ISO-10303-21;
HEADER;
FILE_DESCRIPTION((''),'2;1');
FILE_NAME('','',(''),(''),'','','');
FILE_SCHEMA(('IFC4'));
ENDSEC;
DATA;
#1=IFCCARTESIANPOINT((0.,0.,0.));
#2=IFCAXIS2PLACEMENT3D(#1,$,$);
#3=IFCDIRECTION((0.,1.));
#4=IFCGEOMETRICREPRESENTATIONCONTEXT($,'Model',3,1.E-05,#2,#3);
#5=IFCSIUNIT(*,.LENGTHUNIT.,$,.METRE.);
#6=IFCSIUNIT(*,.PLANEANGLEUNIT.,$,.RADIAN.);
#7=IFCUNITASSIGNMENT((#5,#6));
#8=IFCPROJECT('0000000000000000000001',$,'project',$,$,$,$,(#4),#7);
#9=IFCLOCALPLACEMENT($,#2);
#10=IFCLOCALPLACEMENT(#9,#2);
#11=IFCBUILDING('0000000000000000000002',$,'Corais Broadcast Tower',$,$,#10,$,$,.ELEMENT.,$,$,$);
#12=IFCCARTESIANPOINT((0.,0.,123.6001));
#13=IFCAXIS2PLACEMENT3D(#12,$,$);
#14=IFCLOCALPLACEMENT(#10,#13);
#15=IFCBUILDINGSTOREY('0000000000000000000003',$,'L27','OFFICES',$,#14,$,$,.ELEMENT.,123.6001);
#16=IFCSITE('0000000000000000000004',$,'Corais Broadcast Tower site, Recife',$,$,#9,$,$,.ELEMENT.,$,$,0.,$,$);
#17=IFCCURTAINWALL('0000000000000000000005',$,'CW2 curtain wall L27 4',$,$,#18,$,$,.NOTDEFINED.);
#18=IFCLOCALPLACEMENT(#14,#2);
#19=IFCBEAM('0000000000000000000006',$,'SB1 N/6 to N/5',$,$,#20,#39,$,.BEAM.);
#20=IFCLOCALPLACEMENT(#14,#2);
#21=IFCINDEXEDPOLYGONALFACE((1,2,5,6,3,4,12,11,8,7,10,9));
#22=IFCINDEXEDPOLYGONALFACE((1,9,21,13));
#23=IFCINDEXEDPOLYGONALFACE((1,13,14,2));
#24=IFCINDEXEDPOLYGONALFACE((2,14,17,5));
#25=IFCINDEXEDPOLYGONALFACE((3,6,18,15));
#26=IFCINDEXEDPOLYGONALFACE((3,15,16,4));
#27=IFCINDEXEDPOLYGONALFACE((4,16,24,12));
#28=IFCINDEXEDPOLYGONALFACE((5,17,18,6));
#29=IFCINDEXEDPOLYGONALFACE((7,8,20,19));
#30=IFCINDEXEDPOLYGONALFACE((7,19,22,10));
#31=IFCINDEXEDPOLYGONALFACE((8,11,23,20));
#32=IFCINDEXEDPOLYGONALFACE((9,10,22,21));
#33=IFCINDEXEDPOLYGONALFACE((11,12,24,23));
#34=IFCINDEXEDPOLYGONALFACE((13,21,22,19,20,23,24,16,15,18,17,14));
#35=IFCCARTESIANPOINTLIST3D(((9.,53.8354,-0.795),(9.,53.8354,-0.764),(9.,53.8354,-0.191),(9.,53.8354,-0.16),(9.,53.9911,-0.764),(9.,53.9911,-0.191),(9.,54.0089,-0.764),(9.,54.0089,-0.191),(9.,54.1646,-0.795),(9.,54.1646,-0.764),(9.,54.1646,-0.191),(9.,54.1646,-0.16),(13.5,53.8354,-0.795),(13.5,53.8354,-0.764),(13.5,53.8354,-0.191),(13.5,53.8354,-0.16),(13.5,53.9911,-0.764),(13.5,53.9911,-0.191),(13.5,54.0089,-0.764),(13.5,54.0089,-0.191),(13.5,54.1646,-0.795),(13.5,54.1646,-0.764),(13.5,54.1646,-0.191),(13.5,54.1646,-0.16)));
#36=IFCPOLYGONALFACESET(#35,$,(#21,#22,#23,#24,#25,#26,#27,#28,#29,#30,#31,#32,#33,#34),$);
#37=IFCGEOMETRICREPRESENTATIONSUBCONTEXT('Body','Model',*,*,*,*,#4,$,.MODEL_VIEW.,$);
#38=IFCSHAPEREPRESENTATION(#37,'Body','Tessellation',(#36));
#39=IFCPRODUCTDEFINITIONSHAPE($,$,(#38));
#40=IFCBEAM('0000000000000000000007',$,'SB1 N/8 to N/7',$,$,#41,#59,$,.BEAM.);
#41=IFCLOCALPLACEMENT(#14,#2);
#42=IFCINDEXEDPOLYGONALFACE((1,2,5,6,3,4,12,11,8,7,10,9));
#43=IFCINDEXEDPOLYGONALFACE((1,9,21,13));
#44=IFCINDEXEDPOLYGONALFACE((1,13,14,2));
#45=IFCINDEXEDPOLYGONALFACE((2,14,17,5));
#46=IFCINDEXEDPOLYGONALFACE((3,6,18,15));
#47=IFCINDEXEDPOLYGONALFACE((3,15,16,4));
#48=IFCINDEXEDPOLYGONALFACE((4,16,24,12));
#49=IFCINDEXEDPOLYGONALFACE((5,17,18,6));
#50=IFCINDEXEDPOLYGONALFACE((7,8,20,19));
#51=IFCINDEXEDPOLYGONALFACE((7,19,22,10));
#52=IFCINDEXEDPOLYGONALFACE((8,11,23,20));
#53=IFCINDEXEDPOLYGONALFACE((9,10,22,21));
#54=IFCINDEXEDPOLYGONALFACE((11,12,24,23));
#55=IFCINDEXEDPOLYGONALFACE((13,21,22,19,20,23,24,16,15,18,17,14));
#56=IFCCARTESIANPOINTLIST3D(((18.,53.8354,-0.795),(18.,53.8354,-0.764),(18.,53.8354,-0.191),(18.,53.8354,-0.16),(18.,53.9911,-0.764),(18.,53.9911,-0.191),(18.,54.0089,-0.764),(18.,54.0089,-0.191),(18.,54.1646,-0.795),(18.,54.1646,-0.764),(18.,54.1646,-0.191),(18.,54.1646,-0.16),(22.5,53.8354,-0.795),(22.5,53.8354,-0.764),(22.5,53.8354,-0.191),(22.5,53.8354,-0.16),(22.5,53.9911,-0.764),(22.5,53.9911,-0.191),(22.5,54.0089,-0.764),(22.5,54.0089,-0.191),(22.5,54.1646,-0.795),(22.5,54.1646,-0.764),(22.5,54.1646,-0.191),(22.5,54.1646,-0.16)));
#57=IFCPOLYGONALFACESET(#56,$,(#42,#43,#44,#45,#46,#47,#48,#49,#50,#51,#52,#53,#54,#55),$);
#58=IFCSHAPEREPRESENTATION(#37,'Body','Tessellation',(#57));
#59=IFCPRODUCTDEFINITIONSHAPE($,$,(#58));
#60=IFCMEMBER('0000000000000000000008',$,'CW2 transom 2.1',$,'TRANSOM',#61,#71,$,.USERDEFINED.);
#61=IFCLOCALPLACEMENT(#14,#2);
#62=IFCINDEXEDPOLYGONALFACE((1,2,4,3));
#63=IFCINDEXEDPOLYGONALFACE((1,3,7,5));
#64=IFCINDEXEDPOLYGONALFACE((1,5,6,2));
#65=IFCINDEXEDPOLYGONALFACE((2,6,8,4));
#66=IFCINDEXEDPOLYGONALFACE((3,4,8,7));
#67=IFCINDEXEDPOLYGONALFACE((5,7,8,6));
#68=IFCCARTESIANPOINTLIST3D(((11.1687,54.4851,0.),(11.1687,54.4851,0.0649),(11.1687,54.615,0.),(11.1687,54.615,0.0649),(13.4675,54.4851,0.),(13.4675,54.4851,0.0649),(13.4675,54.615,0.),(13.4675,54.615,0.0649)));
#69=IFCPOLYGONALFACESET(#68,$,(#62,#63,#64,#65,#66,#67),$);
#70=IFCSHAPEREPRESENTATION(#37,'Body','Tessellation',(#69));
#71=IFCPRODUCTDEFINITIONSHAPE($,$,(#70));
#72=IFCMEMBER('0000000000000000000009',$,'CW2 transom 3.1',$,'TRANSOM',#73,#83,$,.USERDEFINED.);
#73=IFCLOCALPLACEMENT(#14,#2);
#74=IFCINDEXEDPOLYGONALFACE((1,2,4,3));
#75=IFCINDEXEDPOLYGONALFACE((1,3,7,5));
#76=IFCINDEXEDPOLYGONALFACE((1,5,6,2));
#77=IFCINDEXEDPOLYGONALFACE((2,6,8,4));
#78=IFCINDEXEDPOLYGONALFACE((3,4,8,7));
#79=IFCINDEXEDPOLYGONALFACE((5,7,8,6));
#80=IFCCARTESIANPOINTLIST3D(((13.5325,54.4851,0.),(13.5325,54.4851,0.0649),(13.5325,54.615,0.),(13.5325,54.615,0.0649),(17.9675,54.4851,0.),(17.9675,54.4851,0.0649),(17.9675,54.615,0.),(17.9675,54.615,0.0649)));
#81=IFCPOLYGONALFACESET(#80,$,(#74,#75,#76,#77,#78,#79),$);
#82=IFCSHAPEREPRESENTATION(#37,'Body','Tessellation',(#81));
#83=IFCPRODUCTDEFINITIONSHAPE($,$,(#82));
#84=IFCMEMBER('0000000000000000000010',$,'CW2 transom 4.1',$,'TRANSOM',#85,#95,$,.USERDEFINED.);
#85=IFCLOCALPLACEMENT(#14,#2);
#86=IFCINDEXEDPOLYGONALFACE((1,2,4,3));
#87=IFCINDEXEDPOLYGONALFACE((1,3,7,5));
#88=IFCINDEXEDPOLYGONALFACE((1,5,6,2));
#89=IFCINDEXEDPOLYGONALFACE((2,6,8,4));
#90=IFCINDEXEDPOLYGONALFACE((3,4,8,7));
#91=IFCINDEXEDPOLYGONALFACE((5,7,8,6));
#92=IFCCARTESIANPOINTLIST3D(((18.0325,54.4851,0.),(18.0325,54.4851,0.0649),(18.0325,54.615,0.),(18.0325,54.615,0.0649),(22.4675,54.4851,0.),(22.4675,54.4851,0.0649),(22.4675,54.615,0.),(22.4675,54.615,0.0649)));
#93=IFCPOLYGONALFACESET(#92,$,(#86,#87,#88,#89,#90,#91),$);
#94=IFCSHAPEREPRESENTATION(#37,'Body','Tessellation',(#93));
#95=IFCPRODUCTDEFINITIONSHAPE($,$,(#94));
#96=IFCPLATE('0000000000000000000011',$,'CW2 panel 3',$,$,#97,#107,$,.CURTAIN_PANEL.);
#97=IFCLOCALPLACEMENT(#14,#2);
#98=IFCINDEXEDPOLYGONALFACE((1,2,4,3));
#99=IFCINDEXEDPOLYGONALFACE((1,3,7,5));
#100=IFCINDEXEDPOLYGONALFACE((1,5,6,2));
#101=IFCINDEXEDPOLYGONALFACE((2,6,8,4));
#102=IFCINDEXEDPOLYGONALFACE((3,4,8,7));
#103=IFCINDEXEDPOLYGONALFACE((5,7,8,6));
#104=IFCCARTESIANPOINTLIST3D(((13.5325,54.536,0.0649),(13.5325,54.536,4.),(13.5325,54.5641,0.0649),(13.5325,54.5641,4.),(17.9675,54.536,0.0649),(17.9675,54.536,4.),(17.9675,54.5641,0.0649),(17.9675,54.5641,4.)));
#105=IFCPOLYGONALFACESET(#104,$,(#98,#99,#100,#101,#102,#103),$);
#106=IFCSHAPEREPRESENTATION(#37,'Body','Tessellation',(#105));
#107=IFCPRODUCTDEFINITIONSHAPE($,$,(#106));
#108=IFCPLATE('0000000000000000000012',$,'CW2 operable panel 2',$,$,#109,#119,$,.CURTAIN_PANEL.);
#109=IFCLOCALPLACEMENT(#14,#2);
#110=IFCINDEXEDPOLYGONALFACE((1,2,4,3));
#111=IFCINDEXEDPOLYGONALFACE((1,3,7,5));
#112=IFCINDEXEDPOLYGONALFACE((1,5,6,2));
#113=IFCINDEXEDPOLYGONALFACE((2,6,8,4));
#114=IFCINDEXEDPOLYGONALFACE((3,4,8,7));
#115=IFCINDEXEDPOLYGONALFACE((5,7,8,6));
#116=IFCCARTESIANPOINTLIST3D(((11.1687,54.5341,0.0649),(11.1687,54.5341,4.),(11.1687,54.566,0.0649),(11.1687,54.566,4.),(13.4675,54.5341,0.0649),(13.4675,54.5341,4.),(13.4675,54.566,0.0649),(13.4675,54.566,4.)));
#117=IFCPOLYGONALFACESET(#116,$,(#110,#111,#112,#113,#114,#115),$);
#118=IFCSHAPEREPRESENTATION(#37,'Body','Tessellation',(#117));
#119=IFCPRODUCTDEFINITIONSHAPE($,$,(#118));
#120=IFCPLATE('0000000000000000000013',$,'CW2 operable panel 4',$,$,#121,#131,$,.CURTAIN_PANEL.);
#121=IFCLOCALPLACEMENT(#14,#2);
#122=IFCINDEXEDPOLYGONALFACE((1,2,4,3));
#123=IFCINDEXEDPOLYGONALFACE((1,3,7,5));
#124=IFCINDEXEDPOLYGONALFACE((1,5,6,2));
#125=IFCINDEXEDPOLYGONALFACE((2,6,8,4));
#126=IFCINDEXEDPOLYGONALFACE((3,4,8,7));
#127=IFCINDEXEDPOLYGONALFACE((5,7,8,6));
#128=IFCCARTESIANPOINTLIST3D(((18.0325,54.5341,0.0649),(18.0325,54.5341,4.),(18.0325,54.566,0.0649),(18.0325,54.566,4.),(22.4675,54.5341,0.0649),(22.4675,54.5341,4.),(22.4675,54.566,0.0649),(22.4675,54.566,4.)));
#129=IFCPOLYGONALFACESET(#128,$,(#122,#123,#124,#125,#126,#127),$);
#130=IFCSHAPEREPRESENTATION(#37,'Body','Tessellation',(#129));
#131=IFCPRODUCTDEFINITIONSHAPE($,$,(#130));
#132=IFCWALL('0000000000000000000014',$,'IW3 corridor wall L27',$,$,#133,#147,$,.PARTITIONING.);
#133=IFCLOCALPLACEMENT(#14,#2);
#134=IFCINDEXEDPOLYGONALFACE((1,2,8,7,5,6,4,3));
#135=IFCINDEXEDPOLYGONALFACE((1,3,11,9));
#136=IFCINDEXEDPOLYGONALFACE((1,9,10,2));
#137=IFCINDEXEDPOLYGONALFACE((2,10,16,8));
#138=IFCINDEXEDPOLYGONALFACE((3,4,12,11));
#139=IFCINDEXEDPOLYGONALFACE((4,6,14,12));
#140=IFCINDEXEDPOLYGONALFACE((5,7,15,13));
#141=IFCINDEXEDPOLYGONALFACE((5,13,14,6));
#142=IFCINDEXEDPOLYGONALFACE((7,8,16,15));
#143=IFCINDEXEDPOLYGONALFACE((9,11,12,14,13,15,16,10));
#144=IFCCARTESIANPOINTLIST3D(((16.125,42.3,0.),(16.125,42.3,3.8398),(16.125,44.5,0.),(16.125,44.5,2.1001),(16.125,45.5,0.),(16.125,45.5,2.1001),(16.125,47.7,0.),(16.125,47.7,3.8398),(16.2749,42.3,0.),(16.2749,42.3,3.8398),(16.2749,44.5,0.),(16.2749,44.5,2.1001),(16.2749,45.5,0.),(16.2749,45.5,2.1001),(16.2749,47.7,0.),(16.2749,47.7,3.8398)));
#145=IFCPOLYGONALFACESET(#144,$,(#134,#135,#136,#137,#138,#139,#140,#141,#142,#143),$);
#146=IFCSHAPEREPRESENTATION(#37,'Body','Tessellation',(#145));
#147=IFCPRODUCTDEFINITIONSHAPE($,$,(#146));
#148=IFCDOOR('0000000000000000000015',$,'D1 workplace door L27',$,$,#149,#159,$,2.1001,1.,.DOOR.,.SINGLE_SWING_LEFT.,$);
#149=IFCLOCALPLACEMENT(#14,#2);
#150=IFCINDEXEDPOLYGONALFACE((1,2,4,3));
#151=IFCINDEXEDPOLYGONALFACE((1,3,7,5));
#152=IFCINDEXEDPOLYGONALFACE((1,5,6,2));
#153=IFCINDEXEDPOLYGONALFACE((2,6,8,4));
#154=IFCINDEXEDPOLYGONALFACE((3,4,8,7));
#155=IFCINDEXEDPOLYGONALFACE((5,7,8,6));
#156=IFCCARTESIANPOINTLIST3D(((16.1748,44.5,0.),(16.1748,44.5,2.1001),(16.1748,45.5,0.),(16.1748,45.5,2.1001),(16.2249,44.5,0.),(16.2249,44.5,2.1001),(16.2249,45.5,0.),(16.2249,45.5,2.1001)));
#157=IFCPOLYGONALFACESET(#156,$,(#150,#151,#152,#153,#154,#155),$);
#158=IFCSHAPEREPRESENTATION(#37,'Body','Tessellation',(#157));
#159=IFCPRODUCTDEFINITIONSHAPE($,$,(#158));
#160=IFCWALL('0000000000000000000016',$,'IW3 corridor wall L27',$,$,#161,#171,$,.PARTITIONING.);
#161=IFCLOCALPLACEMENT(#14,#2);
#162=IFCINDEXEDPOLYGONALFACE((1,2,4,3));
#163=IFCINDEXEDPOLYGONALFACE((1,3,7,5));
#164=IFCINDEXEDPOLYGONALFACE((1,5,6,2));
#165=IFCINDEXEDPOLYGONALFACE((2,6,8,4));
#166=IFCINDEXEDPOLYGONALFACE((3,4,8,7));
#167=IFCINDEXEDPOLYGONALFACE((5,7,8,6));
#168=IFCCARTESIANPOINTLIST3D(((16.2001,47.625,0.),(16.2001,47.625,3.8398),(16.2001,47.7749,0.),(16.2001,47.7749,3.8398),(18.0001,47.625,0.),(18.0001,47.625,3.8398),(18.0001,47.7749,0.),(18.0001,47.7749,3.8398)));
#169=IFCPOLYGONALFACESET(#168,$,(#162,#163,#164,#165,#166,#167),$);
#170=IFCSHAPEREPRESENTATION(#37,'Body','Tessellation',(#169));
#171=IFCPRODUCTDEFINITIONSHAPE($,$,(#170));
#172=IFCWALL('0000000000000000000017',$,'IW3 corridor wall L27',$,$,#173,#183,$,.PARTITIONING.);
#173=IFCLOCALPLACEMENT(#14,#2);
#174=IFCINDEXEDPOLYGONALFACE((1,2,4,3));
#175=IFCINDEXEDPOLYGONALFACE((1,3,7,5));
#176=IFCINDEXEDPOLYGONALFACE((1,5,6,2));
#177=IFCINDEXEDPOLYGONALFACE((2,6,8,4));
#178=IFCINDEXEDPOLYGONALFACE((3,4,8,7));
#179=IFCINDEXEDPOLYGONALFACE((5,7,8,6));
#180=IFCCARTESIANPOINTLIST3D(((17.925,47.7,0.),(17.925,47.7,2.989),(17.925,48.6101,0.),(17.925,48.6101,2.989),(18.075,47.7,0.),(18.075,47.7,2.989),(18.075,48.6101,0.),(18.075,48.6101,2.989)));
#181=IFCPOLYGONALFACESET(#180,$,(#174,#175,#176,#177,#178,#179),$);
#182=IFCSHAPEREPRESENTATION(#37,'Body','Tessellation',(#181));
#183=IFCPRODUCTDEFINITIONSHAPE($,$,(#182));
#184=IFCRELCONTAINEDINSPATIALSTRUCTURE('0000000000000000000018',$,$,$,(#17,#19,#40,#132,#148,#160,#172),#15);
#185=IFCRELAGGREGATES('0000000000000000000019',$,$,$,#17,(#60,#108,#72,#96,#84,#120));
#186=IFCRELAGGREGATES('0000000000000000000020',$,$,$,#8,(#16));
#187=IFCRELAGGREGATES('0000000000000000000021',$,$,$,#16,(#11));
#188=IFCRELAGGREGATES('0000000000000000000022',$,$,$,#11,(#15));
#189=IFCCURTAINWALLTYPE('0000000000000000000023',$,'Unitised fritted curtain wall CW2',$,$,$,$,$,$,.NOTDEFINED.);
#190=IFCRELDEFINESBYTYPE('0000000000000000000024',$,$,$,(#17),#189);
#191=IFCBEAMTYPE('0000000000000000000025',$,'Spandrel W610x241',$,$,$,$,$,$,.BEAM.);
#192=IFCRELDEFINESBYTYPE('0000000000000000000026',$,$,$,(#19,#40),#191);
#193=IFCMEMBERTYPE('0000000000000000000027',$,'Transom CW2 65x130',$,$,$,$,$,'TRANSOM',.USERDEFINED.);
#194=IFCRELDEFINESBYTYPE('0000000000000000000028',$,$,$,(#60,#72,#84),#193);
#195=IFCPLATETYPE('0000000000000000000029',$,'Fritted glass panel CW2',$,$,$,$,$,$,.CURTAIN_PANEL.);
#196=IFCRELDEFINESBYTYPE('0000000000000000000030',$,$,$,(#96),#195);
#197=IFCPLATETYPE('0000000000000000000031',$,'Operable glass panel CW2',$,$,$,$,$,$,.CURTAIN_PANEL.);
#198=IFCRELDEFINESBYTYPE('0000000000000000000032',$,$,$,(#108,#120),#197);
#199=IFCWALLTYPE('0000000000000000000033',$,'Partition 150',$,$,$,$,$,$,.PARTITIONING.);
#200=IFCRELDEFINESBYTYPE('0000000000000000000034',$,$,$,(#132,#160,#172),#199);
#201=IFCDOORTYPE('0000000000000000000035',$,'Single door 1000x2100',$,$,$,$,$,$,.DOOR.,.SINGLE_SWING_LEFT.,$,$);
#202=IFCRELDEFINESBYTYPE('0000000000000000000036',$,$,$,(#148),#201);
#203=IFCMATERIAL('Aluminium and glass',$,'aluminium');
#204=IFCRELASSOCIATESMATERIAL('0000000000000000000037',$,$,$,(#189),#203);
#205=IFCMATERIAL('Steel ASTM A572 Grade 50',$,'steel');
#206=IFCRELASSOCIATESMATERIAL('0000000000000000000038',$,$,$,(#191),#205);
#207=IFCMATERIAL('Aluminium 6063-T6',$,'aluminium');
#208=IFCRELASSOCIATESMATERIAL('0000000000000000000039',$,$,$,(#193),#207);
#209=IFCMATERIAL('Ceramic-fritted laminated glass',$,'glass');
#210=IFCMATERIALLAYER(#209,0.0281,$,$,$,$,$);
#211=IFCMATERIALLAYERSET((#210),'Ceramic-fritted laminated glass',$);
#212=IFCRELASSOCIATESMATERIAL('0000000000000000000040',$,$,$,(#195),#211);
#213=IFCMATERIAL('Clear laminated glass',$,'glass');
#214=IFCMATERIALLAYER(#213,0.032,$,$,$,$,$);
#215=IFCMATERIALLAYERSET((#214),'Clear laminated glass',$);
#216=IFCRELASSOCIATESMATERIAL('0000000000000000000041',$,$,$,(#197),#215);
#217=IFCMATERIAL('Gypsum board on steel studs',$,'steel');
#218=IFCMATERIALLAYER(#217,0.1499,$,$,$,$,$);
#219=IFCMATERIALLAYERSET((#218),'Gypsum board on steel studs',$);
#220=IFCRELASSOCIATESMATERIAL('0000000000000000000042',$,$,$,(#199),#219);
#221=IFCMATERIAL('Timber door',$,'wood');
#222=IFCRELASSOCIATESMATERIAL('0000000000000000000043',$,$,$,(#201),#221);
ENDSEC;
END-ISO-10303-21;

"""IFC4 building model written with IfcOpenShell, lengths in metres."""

from ifc_helpers import new_model, si_unit, direction, frame, frame_2d, origin, origin_2d, place, context, subcontext, project, spatial, rectangle, i_section, extrude, material, layer, layer_set, material_profile, profile_set, type_object, element, fill, aggregate, save


model = new_model("IFC4")

# Units and contexts
model_context = context("Model", 3, precision=1e-05, world=origin(), true_north=direction((0.0, 1.0)))
body_context = subcontext(model_context, "Body", "Model", "MODEL_VIEW")
ifc_project = project(units=[si_unit("LENGTHUNIT", "METRE"), si_unit("PLANEANGLEUNIT", "RADIAN")], contexts=[model_context])

# Site, building, storey
site_placement = place(None, origin())
site = spatial("IfcSite", under=ifc_project, at=site_placement, Name="Corais Broadcast Tower site, Recife", CompositionType="ELEMENT", RefElevation=0.0)
building_placement = place(site_placement, origin())
building = spatial("IfcBuilding", under=site, at=building_placement, Name="Corais Broadcast Tower", CompositionType="ELEMENT")
storey_placement = place(building_placement, frame((0.0, 0.0, 123.6001)))
storey = spatial("IfcBuildingStorey", under=building, at=storey_placement, Name="L27", Description="OFFICES", CompositionType="ELEMENT", Elevation=123.6001)

# Curtain wall
ifc_material_1 = material(Name="Aluminium and glass", Category="aluminium")
curtain_wall_type = type_object("IfcCurtainWallType", Name="Unitised fritted curtain wall CW2", PredefinedType="NOTDEFINED", material=ifc_material_1)
curtain_wall_placement = place(storey_placement, origin())
curtain_wall = element("IfcCurtainWall", 1, at=curtain_wall_placement, inside=storey, type_object=curtain_wall_type, Name="CW2 curtain wall L27 4", PredefinedType="NOTDEFINED")

# Beams
ifc_material_2 = material(Name="Steel ASTM A572 Grade 50", Category="steel")
ifc_material_profile_1 = material_profile(ifc_material_2, i_section(OverallWidth=0.3291, OverallDepth=0.635, WebThickness=0.0178, FlangeThickness=0.031, at=origin_2d()), Name="W610x241")
ifc_profile_set_1 = profile_set([ifc_material_profile_1], Name="Steel ASTM A572 Grade 50")
beam_type_1 = type_object("IfcBeamType", Name="Spandrel W610x241", PredefinedType="BEAM", material=ifc_profile_set_1)
for number, where, z_axis, x_axis, name in (
    (2, (13.5, 54.0, -0.4775), (-1.0, 0.0, 0.0), (0.0, -1.0, 0.0), "SB1 N/6 to N/5"),
    (3, (22.5, 54.0, -0.4775), (-1.0, 0.0, 0.0), (0.0, -1.0, 0.0), "SB1 N/8 to N/7"),
):
    element("IfcBeam", number, at=place(storey_placement, frame(where, z_axis=z_axis, x_axis=x_axis)), inside=storey, type_object=beam_type_1, Name=name, PredefinedType="BEAM", context=body_context, shape_type="SweptSolid", body=[
        extrude(i_section(OverallWidth=0.3291, OverallDepth=0.635, WebThickness=0.0178, FlangeThickness=0.031, at=origin_2d()), origin(), (0.0, 0.0, 1.0), 4.5),
    ])

# Members
ifc_material_3 = material(Name="Aluminium 6063-T6", Category="aluminium")
ifc_material_profile_2 = material_profile(ifc_material_3, rectangle(XDim=0.1299, YDim=0.0649, at=origin_2d()), Name="Transom CW2 65x130")
ifc_profile_set_2 = profile_set([ifc_material_profile_2], Name="Aluminium 6063-T6")
member_type_1 = type_object("IfcMemberType", Name="Transom CW2 65x130", ElementType="TRANSOM", PredefinedType="USERDEFINED", material=ifc_profile_set_2)
member_1_placement = place(storey_placement, frame((11.1687, 54.55, 0.0325), z_axis=(1.0, 0.0, 0.0), x_axis=(0.0, 1.0, 0.0)))
member_1 = element("IfcMember", 4, at=member_1_placement, type_object=member_type_1, Name="CW2 transom 2.1", ObjectType="TRANSOM", PredefinedType="USERDEFINED", context=body_context, shape_type="SweptSolid", body=[
    extrude(rectangle(XDim=0.1299, YDim=0.0649, at=origin_2d()), origin(), (0.0, 0.0, 1.0), 2.2988),
])
member_2_placement = place(storey_placement, frame((13.5325, 54.55, 0.0325), z_axis=(1.0, 0.0, 0.0), x_axis=(0.0, 1.0, 0.0)))
member_2 = element("IfcMember", 5, at=member_2_placement, type_object=member_type_1, Name="CW2 transom 3.1", ObjectType="TRANSOM", PredefinedType="USERDEFINED", context=body_context, shape_type="SweptSolid", body=[
    extrude(rectangle(XDim=0.1299, YDim=0.0649, at=origin_2d()), origin(), (0.0, 0.0, 1.0), 4.4351),
])
member_3_placement = place(storey_placement, frame((18.0325, 54.55, 0.0325), z_axis=(1.0, 0.0, 0.0), x_axis=(0.0, 1.0, 0.0)))
member_3 = element("IfcMember", 6, at=member_3_placement, type_object=member_type_1, Name="CW2 transom 4.1", ObjectType="TRANSOM", PredefinedType="USERDEFINED", context=body_context, shape_type="SweptSolid", body=[
    extrude(rectangle(XDim=0.1299, YDim=0.0649, at=origin_2d()), origin(), (0.0, 0.0, 1.0), 4.4351),
])

# Plates
ifc_material_4 = material(Name="Ceramic-fritted laminated glass", Category="glass")
ifc_layer_1 = layer(ifc_material_4, 0.0281)
ifc_layer_set_1 = layer_set([ifc_layer_1], Name="Ceramic-fritted laminated glass")
plate_type_1 = type_object("IfcPlateType", Name="Fritted glass panel CW2", PredefinedType="CURTAIN_PANEL", material=ifc_layer_set_1)
plate_1_placement = place(storey_placement, frame((15.75, 54.55, 0.0649), z_axis=(0.0, 0.0, 1.0), x_axis=(1.0, 0.0, 0.0)))
plate_1 = element("IfcPlate", 7, at=plate_1_placement, type_object=plate_type_1, Name="CW2 panel 3", PredefinedType="CURTAIN_PANEL", context=body_context, shape_type="SweptSolid", body=[
    extrude(rectangle(XDim=4.4351, YDim=0.0281, at=origin_2d()), origin(), (0.0, 0.0, 1.0), 3.9351),
])
ifc_material_5 = material(Name="Clear laminated glass", Category="glass")
ifc_layer_2 = layer(ifc_material_5, 0.032)
ifc_layer_set_2 = layer_set([ifc_layer_2], Name="Clear laminated glass")
plate_type_2 = type_object("IfcPlateType", Name="Operable glass panel CW2", PredefinedType="CURTAIN_PANEL", material=ifc_layer_set_2)
plate_2_placement = place(storey_placement, frame((12.3181, 54.55, 0.0649), z_axis=(0.0, 0.0, 1.0), x_axis=(1.0, 0.0, 0.0)))
plate_2 = element("IfcPlate", 8, at=plate_2_placement, type_object=plate_type_2, Name="CW2 operable panel 2", PredefinedType="CURTAIN_PANEL", context=body_context, shape_type="SweptSolid", body=[
    extrude(rectangle(XDim=2.2988, YDim=0.032, at=origin_2d()), origin(), (0.0, 0.0, 1.0), 3.9351),
])
plate_3_placement = place(storey_placement, frame((20.25, 54.55, 0.0649), z_axis=(0.0, 0.0, 1.0), x_axis=(1.0, 0.0, 0.0)))
plate_3 = element("IfcPlate", 9, at=plate_3_placement, type_object=plate_type_2, Name="CW2 operable panel 4", PredefinedType="CURTAIN_PANEL", context=body_context, shape_type="SweptSolid", body=[
    extrude(rectangle(XDim=4.4351, YDim=0.032, at=origin_2d()), origin(), (0.0, 0.0, 1.0), 3.9351),
])
aggregate(curtain_wall, [member_1, plate_2, member_2, plate_1, member_3, plate_3])

# Wall, opening, door
ifc_material_6 = material(Name="Gypsum board on steel studs", Category="steel")
ifc_layer_3 = layer(ifc_material_6, 0.1499)
ifc_layer_set_3 = layer_set([ifc_layer_3], Name="Gypsum board on steel studs")
wall_type = type_object("IfcWallType", Name="Partition 150", PredefinedType="PARTITIONING", material=ifc_layer_set_3)
wall_1_placement = place(storey_placement, frame((16.2, 47.7, 0.0), z_axis=(0.0, 0.0, 1.0), x_axis=(0.0, -1.0, 0.0)))
wall_1 = element("IfcWall", 10, at=wall_1_placement, inside=storey, type_object=wall_type, Name="IW3 corridor wall L27", PredefinedType="PARTITIONING", context=body_context, shape_type="SweptSolid", body=[
    extrude(rectangle(XDim=5.3999, YDim=0.1499, at=frame_2d((2.7, 0.0))), origin(), (0.0, 0.0, 1.0), 3.8398),
])
opening_1_placement = place(wall_1_placement, frame((2.2, 0.0, 0.0)))
opening_1 = element("IfcOpeningElement", 11, at=opening_1_placement, cuts=wall_1, PredefinedType="OPENING", context=body_context, shape_type="SweptSolid", body=[
    extrude(rectangle(XDim=1.0, YDim=2.1001, at=frame_2d((0.5, 1.05))), frame((0.0, 0.085, 0.0), z_axis=(0.0, -1.0, 0.0), x_axis=(1.0, 0.0, 0.0)), (0.0, 0.0, 1.0), 0.1699),
])
ifc_material_7 = material(Name="Timber door", Category="wood")
door_type = type_object("IfcDoorType", Name="Single door 1000x2100", OperationType="SINGLE_SWING_LEFT", PredefinedType="DOOR", material=ifc_material_7)
door_1_placement = place(opening_1_placement, origin())
door_1 = element("IfcDoor", 12, at=door_1_placement, inside=storey, type_object=door_type, Name="D1 workplace door L27", OperationType="SINGLE_SWING_LEFT", OverallHeight=2.1001, OverallWidth=1.0, PredefinedType="DOOR", context=body_context, shape_type="SweptSolid", body=[
    extrude(rectangle(XDim=1.0, YDim=2.1001, at=frame_2d((0.5, 1.05))), frame((0.0, 0.0249, 0.0), z_axis=(0.0, -1.0, 0.0), x_axis=(1.0, 0.0, 0.0)), (0.0, 0.0, 1.0), 0.05),
])
fill(opening_1, door_1)

# Walls
wall_2_placement = place(storey_placement, frame((18.0, 47.7, 0.0), z_axis=(0.0, 0.0, 1.0), x_axis=(-1.0, 0.0, 0.0)))
element("IfcWall", 13, at=wall_2_placement, inside=storey, type_object=wall_type, Name="IW3 corridor wall L27", PredefinedType="PARTITIONING", context=body_context, shape_type="SweptSolid", body=[
    extrude(rectangle(XDim=1.8, YDim=0.1499, at=frame_2d((0.8999, 0.0))), origin(), (0.0, 0.0, 1.0), 3.8398),
])
wall_3_placement = place(storey_placement, frame((18.0, 48.6101, 0.0), z_axis=(0.0, 0.0, 1.0), x_axis=(0.0, -1.0, 0.0)))
element("IfcWall", 14, at=wall_3_placement, inside=storey, type_object=wall_type, Name="IW3 corridor wall L27", PredefinedType="PARTITIONING", context=body_context, shape_type="SweptSolid", body=[
    extrude(rectangle(XDim=0.9102, YDim=0.1499, at=frame_2d((0.4551, 0.0))), origin(), (0.0, 0.0, 1.0), 2.989),
])

save(model, "model.ifc")
